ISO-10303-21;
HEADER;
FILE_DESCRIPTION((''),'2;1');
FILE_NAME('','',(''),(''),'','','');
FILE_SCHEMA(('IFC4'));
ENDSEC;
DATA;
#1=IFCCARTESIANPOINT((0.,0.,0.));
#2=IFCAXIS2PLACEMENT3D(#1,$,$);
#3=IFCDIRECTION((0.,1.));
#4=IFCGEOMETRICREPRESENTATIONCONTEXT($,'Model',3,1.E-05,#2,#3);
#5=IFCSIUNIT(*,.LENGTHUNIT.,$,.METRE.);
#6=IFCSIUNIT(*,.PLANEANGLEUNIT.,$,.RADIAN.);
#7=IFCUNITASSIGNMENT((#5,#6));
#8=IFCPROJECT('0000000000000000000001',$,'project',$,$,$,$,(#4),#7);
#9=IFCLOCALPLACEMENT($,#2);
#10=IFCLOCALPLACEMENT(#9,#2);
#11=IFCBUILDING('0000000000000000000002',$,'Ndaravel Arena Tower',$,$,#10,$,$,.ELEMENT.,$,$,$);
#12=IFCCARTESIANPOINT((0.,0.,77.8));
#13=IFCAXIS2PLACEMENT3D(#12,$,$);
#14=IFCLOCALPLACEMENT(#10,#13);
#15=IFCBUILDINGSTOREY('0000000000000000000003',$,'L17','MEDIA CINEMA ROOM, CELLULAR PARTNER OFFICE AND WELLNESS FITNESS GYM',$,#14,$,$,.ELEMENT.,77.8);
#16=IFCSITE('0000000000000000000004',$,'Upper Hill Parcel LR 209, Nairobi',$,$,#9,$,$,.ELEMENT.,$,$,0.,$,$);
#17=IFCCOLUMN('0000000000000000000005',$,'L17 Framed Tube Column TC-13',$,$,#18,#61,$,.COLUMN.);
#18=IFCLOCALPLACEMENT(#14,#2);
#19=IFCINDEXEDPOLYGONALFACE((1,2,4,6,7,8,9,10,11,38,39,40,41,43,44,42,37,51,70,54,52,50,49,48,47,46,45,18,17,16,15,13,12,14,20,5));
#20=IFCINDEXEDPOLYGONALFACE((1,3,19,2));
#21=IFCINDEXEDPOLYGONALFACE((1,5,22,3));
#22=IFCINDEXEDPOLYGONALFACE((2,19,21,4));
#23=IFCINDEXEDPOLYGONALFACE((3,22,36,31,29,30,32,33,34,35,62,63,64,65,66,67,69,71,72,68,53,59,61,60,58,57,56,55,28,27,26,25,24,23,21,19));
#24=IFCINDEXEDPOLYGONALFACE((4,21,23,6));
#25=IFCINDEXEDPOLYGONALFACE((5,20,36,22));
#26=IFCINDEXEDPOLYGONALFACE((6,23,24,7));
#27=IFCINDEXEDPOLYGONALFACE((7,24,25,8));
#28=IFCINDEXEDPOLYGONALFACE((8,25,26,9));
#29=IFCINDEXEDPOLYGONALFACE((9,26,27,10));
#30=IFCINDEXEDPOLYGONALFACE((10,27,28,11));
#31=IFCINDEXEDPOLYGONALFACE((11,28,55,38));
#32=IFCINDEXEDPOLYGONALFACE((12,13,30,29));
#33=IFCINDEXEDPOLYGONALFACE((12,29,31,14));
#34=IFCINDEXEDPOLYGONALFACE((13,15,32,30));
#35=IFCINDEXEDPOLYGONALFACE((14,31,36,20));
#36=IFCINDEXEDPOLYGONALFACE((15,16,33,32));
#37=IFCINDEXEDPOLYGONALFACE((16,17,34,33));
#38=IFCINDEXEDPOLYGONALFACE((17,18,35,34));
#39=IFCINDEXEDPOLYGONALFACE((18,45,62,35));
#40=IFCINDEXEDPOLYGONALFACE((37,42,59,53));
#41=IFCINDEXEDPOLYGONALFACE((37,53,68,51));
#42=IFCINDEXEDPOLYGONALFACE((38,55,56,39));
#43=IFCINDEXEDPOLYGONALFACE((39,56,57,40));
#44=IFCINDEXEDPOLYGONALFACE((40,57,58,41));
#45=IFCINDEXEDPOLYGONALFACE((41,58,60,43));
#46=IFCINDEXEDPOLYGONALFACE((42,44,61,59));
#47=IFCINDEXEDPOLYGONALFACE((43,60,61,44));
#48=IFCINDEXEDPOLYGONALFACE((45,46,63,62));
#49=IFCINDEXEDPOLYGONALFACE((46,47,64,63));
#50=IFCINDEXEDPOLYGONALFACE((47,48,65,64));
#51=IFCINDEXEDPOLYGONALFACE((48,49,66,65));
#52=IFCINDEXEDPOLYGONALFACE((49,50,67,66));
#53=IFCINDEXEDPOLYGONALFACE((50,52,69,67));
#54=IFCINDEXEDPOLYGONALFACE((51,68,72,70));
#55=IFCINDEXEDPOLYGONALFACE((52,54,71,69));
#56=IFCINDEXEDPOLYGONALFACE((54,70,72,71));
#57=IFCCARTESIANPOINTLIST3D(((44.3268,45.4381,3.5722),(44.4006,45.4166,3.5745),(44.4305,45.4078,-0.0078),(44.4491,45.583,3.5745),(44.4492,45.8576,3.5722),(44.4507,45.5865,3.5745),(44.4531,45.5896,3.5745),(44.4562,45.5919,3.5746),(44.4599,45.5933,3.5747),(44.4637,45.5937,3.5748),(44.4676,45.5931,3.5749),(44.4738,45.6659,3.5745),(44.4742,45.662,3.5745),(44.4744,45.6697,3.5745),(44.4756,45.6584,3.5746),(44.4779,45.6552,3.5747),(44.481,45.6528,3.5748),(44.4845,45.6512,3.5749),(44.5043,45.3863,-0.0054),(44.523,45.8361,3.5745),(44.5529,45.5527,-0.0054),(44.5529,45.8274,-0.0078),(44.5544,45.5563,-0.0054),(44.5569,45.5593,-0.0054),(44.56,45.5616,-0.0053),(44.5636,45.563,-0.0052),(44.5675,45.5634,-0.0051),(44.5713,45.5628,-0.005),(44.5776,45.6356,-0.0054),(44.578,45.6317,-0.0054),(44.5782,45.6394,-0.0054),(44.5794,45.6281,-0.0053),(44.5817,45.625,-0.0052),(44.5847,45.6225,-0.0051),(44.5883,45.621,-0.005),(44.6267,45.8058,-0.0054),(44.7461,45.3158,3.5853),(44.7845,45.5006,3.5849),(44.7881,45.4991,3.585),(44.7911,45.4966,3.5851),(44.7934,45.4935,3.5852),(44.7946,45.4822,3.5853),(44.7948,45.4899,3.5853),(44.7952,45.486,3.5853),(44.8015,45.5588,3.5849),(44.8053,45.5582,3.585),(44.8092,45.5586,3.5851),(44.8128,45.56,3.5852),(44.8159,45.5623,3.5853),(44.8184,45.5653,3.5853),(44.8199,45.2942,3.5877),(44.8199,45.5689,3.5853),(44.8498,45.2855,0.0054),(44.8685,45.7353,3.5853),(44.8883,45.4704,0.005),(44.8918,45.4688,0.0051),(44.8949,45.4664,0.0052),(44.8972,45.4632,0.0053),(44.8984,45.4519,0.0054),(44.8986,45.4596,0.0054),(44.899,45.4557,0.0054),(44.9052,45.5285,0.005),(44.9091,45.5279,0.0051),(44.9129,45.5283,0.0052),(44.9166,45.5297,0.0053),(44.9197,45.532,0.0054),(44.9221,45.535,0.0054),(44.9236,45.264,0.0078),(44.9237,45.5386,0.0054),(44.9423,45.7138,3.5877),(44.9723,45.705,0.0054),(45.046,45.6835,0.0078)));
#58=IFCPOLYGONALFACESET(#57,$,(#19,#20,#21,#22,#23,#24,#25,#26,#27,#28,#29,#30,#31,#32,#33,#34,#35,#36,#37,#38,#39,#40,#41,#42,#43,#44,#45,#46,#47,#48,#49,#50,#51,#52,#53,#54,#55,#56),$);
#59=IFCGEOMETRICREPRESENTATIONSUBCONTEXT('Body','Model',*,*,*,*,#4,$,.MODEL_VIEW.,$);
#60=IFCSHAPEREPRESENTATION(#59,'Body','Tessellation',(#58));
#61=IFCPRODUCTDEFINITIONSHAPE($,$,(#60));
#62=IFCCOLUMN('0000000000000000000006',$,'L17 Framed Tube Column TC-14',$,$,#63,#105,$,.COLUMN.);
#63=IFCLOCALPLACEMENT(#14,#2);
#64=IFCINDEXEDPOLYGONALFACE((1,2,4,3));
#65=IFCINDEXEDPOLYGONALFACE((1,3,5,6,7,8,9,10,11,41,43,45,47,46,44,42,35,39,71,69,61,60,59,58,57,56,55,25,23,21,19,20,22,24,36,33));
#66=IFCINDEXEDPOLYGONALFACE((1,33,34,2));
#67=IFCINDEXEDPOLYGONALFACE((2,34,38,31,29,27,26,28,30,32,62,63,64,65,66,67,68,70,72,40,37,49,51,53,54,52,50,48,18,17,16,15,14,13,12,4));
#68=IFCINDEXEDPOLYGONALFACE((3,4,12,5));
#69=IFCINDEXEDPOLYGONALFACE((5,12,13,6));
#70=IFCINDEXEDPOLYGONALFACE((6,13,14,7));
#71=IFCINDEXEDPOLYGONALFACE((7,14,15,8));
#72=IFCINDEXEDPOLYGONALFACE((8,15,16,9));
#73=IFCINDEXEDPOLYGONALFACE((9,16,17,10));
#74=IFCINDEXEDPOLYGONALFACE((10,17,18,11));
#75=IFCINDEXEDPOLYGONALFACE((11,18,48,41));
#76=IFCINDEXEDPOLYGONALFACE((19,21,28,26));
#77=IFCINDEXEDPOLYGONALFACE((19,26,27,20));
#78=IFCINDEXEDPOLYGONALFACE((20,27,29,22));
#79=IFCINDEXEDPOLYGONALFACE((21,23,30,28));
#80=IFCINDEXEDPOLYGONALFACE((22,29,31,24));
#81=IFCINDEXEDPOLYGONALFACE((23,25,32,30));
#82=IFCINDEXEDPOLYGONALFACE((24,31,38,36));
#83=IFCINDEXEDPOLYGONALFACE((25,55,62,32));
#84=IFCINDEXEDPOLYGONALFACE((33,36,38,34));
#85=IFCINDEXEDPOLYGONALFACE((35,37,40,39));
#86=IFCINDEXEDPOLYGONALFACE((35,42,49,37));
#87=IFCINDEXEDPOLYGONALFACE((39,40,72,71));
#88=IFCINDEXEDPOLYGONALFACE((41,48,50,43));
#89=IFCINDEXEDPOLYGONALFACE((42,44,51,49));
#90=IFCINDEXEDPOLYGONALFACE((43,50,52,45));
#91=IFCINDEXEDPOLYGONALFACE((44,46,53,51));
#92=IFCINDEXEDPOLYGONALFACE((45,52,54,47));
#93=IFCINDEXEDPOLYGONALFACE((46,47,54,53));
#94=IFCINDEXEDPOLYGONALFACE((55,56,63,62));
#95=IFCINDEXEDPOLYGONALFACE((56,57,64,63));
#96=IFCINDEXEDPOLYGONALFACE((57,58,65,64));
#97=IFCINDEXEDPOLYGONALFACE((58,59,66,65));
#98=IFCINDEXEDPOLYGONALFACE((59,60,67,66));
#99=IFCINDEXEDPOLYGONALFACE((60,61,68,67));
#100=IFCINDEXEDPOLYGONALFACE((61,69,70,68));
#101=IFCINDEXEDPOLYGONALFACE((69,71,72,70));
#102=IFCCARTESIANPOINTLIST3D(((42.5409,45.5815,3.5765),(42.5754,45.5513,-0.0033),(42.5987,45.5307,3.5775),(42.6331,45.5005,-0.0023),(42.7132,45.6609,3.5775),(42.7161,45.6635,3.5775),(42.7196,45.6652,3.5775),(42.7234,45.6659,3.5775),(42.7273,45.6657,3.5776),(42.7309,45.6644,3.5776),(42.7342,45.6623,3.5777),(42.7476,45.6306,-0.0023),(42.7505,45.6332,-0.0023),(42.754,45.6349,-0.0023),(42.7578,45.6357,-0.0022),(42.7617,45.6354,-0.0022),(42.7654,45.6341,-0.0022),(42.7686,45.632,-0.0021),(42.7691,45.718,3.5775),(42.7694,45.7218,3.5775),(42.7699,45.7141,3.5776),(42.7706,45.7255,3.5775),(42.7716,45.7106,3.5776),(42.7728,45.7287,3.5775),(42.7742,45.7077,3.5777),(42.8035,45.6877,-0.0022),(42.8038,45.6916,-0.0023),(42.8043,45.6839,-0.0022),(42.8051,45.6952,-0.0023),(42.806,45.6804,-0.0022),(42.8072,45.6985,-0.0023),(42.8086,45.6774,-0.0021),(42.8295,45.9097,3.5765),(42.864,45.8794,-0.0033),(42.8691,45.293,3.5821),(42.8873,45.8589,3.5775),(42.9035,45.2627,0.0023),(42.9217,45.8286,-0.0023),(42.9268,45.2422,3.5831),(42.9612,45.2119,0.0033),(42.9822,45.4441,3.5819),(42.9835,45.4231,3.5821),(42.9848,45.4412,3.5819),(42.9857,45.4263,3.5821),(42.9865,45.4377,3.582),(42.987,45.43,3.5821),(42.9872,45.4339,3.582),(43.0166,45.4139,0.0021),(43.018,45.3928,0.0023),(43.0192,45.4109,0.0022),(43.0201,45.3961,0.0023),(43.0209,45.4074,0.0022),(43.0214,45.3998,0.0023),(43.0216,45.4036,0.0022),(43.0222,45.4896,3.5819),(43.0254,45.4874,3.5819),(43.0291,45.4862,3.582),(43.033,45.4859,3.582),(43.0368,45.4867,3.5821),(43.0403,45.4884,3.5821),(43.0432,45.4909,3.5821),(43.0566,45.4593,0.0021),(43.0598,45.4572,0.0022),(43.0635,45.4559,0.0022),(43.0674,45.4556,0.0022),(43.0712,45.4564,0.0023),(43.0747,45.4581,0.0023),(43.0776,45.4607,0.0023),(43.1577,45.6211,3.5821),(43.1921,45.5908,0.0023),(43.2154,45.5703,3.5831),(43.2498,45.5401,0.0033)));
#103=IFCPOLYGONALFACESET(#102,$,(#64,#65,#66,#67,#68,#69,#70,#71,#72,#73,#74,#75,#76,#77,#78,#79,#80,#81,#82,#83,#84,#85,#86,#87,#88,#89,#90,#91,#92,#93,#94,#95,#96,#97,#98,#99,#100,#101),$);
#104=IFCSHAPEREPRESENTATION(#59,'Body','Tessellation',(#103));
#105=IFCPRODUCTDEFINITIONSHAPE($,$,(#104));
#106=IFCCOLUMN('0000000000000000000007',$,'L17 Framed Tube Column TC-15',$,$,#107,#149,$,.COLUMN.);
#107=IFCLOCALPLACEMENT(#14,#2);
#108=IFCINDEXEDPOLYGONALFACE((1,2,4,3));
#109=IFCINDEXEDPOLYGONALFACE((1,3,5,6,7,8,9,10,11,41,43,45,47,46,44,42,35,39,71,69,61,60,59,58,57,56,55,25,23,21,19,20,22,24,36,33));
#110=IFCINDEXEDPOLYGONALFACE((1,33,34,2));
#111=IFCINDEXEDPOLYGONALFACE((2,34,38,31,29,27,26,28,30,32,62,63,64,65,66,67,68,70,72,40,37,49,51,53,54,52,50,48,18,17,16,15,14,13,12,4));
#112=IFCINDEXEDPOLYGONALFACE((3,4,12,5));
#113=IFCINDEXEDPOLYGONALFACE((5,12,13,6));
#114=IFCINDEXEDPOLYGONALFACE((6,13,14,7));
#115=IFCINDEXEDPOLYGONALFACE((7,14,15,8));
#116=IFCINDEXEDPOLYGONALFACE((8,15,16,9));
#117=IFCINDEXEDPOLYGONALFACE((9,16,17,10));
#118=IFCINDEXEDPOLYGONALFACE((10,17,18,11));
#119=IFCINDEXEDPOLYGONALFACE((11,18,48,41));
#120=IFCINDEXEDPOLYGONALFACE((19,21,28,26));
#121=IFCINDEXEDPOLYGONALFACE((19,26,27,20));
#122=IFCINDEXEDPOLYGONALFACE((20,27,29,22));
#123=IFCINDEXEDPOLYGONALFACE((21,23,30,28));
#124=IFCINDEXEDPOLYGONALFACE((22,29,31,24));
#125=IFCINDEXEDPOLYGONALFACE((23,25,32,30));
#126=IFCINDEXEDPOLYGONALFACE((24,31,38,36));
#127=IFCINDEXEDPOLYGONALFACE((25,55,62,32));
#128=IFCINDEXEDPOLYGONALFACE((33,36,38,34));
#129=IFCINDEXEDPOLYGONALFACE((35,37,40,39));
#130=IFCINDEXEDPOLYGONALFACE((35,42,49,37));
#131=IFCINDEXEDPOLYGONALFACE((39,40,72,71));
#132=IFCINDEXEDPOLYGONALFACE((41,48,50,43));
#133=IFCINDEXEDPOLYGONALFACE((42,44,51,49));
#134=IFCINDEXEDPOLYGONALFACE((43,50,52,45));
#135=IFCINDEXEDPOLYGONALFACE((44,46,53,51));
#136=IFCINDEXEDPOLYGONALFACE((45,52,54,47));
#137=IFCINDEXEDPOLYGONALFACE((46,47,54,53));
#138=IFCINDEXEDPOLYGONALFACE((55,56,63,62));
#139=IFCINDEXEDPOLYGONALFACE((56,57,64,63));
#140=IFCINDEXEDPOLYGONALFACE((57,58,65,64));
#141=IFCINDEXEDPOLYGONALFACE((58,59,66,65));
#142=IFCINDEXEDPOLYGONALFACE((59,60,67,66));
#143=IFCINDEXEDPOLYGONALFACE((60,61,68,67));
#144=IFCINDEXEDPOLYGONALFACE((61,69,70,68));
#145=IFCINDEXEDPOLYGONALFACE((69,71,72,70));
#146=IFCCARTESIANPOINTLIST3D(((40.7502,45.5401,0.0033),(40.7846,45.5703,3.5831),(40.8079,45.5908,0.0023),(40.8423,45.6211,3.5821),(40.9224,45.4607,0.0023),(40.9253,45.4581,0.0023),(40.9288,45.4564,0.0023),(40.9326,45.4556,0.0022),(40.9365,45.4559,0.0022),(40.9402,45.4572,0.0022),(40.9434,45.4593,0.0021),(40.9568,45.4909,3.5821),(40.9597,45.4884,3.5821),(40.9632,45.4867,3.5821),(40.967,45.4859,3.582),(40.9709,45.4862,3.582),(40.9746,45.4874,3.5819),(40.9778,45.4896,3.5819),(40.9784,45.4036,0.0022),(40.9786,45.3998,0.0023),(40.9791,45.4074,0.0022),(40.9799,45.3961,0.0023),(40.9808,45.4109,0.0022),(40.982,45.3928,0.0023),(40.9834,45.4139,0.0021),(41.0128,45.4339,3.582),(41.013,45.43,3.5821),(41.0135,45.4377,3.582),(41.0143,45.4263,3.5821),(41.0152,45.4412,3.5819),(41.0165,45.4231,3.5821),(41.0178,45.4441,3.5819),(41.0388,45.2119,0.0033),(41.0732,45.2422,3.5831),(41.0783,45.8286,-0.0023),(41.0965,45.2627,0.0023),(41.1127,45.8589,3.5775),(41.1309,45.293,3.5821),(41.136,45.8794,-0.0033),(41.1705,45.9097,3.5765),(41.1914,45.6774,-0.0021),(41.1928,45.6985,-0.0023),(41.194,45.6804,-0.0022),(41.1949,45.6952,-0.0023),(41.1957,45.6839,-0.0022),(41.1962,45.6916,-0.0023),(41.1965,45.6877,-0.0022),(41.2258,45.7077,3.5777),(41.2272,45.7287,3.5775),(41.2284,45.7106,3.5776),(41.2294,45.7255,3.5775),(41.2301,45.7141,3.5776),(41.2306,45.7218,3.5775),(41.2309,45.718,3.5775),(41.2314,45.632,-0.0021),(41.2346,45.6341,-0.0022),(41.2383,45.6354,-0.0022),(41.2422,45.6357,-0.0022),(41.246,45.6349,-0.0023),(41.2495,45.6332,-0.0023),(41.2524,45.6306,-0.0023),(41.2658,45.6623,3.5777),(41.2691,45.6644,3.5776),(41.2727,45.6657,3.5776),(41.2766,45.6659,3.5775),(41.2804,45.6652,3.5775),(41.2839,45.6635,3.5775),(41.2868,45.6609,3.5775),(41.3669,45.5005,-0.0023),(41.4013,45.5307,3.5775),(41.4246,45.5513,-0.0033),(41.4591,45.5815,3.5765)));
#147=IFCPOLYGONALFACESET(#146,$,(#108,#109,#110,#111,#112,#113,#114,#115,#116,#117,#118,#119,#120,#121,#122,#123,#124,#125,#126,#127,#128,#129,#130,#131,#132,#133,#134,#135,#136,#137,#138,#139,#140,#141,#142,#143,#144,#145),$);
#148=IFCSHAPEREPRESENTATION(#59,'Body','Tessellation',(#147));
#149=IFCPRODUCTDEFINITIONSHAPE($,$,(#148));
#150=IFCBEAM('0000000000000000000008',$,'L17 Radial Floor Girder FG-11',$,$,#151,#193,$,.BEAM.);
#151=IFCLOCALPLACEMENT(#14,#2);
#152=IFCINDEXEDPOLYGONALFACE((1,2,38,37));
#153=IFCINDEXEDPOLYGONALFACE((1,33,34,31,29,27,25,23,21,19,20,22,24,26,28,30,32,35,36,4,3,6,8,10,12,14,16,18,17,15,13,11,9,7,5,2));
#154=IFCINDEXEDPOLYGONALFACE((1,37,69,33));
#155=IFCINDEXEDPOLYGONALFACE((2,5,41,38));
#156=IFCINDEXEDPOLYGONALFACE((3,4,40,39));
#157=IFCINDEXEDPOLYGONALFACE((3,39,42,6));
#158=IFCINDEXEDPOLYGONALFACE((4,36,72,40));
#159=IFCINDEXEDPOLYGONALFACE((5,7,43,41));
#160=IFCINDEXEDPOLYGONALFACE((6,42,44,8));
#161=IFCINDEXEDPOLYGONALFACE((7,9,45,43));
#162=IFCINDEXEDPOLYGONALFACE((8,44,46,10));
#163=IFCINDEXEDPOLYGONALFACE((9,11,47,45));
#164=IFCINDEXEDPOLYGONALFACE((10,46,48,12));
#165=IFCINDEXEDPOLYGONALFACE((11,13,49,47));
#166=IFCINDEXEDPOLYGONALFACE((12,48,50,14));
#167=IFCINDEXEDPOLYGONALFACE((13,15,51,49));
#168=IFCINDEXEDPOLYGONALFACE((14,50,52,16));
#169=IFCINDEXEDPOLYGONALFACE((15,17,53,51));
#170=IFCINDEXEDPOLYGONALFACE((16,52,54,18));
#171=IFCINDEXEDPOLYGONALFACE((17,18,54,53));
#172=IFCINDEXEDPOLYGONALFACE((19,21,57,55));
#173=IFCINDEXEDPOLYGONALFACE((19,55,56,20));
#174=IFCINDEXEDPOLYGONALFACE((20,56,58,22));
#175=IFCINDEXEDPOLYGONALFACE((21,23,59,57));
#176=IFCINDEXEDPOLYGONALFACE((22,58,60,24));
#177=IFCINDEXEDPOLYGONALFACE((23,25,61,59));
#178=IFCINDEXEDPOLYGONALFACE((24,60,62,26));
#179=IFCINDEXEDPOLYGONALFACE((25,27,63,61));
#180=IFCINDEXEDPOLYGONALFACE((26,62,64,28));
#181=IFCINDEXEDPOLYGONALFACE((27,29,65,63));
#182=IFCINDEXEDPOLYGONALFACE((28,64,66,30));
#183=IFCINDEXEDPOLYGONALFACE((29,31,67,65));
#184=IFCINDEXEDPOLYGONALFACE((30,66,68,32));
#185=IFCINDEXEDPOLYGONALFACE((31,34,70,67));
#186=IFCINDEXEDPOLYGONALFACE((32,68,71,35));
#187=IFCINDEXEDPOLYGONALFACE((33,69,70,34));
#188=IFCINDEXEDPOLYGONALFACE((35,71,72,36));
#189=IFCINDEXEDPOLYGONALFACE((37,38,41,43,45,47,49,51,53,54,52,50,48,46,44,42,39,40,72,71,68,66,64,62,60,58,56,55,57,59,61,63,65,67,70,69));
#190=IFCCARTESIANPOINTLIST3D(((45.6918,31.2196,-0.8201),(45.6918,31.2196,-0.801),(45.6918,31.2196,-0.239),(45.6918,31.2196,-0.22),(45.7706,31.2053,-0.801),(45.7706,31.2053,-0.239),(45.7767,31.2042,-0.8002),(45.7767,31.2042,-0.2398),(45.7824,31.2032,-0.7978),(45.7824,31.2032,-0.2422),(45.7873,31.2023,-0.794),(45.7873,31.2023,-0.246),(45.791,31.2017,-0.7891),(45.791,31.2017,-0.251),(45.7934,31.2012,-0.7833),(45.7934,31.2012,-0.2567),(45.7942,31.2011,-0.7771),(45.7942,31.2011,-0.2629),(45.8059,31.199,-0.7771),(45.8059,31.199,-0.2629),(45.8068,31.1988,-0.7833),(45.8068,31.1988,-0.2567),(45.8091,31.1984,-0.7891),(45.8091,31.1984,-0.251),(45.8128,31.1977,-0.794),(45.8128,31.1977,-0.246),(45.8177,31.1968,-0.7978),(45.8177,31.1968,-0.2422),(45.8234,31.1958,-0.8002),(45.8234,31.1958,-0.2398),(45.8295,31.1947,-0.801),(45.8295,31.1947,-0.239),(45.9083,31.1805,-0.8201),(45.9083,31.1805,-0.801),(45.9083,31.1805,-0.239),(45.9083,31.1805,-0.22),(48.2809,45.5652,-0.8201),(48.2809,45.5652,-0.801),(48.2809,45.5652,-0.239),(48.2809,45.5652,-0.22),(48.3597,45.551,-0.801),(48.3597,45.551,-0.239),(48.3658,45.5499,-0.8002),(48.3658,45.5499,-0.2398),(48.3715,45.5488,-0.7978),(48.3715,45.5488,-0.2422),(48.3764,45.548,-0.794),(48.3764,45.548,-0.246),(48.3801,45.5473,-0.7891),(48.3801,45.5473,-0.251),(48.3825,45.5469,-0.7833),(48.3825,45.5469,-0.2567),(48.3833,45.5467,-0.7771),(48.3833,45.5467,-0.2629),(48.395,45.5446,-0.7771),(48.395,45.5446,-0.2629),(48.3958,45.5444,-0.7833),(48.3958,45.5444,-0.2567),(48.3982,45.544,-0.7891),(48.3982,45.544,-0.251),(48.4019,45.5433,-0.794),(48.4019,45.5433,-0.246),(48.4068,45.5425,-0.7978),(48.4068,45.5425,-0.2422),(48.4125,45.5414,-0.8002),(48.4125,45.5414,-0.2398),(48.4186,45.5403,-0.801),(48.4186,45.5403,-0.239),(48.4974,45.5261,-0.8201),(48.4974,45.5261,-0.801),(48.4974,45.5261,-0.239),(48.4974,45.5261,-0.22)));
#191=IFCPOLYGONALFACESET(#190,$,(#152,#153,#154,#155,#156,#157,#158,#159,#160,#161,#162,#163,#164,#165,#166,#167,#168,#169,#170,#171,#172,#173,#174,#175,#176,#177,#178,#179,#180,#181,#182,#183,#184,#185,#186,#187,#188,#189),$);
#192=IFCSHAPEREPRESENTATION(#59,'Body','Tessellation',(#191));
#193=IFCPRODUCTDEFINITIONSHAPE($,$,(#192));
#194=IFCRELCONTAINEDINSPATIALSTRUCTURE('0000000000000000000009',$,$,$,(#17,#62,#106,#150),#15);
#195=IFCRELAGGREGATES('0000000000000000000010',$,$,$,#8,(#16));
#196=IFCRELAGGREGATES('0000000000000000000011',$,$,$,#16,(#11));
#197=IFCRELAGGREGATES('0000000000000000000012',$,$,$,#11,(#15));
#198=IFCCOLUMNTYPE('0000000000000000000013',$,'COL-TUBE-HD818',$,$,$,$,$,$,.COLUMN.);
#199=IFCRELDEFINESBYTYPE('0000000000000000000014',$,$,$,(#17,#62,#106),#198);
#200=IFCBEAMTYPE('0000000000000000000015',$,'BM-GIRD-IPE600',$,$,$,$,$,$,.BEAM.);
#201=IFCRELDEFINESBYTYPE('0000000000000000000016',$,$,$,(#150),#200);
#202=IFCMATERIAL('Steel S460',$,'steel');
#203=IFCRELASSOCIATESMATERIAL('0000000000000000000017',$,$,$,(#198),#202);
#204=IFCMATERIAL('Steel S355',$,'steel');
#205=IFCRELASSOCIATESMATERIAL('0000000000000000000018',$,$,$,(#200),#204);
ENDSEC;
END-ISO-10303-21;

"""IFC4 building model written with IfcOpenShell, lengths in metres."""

from ifc_helpers import new_model, si_unit, direction, frame, origin, origin_2d, place, context, subcontext, project, spatial, i_section, extrude, material, material_profile, profile_set, type_object, element, save


model = new_model("IFC4")

# Units and contexts
model_context = context("Model", 3, precision=1e-05, world=origin(), true_north=direction((0.0, 1.0)))
body_context = subcontext(model_context, "Body", "Model", "MODEL_VIEW")
ifc_project = project(units=[si_unit("LENGTHUNIT", "METRE"), si_unit("PLANEANGLEUNIT", "RADIAN")], contexts=[model_context])

# Site, building, storey
site_placement = place(None, origin())
site = spatial("IfcSite", under=ifc_project, at=site_placement, Name="Upper Hill Parcel LR 209, Nairobi", CompositionType="ELEMENT", RefElevation=0.0)
building_placement = place(site_placement, origin())
building = spatial("IfcBuilding", under=site, at=building_placement, Name="Ndaravel Arena Tower", CompositionType="ELEMENT")
storey_placement = place(building_placement, frame((0.0, 0.0, 77.8)))
storey = spatial("IfcBuildingStorey", under=building, at=storey_placement, Name="L17", Description="MEDIA CINEMA ROOM, CELLULAR PARTNER OFFICE AND WELLNESS FITNESS GYM", CompositionType="ELEMENT", Elevation=77.8)

# Columns
ifc_material_1 = material(Name="Steel S460", Category="steel")
ifc_material_profile_1 = material_profile(ifc_material_1, i_section(OverallWidth=0.437, OverallDepth=0.5139, WebThickness=0.0605, FlangeThickness=0.0769, FilletRadius=0.0149, at=origin_2d()), Name="HD 400x818")
ifc_profile_set_1 = profile_set([ifc_material_profile_1], Name="Steel S460")
column_type_1 = type_object("IfcColumnType", Name="COL-TUBE-HD818", PredefinedType="COLUMN", material=ifc_profile_set_1)
column_1_placement = place(storey_placement, frame((44.7383, 45.5457, 0.0), z_axis=(-0.028971, 0.008453, 0.999545), x_axis=(-0.280087, -0.959975, 0.0)))
element("IfcColumn", 1, at=column_1_placement, inside=storey, type_object=column_type_1, Name="L17 Framed Tube Column TC-13", PredefinedType="COLUMN", context=body_context, shape_type="SweptSolid", body=[
    extrude(i_section(OverallWidth=0.437, OverallDepth=0.5139, WebThickness=0.0605, FlangeThickness=0.0769, FilletRadius=0.0149, at=origin_2d()), origin(), (0.0, 0.0, 1.0), 3.5815),
])
for number, where, z_axis, x_axis, name in (
    (2, (42.9126, 45.5457, 0.0), (-0.009615, 0.008456, 0.999918), (-0.660388, -0.750925, 0.0), "L17 Framed Tube Column TC-14"),
    (3, (41.0874, 45.5457, 0.0), (0.009615, 0.008456, 0.999918), (-0.660388, 0.750925, 0.0), "L17 Framed Tube Column TC-15"),
):
    element("IfcColumn", number, at=place(storey_placement, frame(where, z_axis=z_axis, x_axis=x_axis)), inside=storey, type_object=column_type_1, Name=name, PredefinedType="COLUMN", context=body_context, shape_type="SweptSolid", body=[
        extrude(i_section(OverallWidth=0.437, OverallDepth=0.5139, WebThickness=0.0605, FlangeThickness=0.0769, FilletRadius=0.0149, at=origin_2d()), origin(), (0.0, 0.0, 1.0), 3.5801),
    ])

# Beam
ifc_material_2 = material(Name="Steel S355", Category="steel")
ifc_material_profile_2 = material_profile(ifc_material_2, i_section(OverallWidth=0.22, OverallDepth=0.6001, WebThickness=0.012, FlangeThickness=0.019, FilletRadius=0.0239, at=origin_2d()), Name="IPE 600")
ifc_profile_set_2 = profile_set([ifc_material_profile_2], Name="Steel S355")
beam_type_1 = type_object("IfcBeamType", Name="BM-GIRD-IPE600", PredefinedType="BEAM", material=ifc_profile_set_2)
beam_1_placement = place(storey_placement, frame((48.3892, 45.5457, -0.52), z_axis=(-0.17761, -0.984101, 0.0), x_axis=(0.984101, -0.17761, 0.0)))
element("IfcBeam", 4, at=beam_1_placement, inside=storey, type_object=beam_type_1, Name="L17 Radial Floor Girder FG-11", PredefinedType="BEAM", context=body_context, shape_type="SweptSolid", body=[
    extrude(i_section(OverallWidth=0.22, OverallDepth=0.6001, WebThickness=0.012, FlangeThickness=0.019, FilletRadius=0.0239, at=origin_2d()), origin(), (0.0, 0.0, 1.0), 14.5774),
])

save(model, "model.ifc")
